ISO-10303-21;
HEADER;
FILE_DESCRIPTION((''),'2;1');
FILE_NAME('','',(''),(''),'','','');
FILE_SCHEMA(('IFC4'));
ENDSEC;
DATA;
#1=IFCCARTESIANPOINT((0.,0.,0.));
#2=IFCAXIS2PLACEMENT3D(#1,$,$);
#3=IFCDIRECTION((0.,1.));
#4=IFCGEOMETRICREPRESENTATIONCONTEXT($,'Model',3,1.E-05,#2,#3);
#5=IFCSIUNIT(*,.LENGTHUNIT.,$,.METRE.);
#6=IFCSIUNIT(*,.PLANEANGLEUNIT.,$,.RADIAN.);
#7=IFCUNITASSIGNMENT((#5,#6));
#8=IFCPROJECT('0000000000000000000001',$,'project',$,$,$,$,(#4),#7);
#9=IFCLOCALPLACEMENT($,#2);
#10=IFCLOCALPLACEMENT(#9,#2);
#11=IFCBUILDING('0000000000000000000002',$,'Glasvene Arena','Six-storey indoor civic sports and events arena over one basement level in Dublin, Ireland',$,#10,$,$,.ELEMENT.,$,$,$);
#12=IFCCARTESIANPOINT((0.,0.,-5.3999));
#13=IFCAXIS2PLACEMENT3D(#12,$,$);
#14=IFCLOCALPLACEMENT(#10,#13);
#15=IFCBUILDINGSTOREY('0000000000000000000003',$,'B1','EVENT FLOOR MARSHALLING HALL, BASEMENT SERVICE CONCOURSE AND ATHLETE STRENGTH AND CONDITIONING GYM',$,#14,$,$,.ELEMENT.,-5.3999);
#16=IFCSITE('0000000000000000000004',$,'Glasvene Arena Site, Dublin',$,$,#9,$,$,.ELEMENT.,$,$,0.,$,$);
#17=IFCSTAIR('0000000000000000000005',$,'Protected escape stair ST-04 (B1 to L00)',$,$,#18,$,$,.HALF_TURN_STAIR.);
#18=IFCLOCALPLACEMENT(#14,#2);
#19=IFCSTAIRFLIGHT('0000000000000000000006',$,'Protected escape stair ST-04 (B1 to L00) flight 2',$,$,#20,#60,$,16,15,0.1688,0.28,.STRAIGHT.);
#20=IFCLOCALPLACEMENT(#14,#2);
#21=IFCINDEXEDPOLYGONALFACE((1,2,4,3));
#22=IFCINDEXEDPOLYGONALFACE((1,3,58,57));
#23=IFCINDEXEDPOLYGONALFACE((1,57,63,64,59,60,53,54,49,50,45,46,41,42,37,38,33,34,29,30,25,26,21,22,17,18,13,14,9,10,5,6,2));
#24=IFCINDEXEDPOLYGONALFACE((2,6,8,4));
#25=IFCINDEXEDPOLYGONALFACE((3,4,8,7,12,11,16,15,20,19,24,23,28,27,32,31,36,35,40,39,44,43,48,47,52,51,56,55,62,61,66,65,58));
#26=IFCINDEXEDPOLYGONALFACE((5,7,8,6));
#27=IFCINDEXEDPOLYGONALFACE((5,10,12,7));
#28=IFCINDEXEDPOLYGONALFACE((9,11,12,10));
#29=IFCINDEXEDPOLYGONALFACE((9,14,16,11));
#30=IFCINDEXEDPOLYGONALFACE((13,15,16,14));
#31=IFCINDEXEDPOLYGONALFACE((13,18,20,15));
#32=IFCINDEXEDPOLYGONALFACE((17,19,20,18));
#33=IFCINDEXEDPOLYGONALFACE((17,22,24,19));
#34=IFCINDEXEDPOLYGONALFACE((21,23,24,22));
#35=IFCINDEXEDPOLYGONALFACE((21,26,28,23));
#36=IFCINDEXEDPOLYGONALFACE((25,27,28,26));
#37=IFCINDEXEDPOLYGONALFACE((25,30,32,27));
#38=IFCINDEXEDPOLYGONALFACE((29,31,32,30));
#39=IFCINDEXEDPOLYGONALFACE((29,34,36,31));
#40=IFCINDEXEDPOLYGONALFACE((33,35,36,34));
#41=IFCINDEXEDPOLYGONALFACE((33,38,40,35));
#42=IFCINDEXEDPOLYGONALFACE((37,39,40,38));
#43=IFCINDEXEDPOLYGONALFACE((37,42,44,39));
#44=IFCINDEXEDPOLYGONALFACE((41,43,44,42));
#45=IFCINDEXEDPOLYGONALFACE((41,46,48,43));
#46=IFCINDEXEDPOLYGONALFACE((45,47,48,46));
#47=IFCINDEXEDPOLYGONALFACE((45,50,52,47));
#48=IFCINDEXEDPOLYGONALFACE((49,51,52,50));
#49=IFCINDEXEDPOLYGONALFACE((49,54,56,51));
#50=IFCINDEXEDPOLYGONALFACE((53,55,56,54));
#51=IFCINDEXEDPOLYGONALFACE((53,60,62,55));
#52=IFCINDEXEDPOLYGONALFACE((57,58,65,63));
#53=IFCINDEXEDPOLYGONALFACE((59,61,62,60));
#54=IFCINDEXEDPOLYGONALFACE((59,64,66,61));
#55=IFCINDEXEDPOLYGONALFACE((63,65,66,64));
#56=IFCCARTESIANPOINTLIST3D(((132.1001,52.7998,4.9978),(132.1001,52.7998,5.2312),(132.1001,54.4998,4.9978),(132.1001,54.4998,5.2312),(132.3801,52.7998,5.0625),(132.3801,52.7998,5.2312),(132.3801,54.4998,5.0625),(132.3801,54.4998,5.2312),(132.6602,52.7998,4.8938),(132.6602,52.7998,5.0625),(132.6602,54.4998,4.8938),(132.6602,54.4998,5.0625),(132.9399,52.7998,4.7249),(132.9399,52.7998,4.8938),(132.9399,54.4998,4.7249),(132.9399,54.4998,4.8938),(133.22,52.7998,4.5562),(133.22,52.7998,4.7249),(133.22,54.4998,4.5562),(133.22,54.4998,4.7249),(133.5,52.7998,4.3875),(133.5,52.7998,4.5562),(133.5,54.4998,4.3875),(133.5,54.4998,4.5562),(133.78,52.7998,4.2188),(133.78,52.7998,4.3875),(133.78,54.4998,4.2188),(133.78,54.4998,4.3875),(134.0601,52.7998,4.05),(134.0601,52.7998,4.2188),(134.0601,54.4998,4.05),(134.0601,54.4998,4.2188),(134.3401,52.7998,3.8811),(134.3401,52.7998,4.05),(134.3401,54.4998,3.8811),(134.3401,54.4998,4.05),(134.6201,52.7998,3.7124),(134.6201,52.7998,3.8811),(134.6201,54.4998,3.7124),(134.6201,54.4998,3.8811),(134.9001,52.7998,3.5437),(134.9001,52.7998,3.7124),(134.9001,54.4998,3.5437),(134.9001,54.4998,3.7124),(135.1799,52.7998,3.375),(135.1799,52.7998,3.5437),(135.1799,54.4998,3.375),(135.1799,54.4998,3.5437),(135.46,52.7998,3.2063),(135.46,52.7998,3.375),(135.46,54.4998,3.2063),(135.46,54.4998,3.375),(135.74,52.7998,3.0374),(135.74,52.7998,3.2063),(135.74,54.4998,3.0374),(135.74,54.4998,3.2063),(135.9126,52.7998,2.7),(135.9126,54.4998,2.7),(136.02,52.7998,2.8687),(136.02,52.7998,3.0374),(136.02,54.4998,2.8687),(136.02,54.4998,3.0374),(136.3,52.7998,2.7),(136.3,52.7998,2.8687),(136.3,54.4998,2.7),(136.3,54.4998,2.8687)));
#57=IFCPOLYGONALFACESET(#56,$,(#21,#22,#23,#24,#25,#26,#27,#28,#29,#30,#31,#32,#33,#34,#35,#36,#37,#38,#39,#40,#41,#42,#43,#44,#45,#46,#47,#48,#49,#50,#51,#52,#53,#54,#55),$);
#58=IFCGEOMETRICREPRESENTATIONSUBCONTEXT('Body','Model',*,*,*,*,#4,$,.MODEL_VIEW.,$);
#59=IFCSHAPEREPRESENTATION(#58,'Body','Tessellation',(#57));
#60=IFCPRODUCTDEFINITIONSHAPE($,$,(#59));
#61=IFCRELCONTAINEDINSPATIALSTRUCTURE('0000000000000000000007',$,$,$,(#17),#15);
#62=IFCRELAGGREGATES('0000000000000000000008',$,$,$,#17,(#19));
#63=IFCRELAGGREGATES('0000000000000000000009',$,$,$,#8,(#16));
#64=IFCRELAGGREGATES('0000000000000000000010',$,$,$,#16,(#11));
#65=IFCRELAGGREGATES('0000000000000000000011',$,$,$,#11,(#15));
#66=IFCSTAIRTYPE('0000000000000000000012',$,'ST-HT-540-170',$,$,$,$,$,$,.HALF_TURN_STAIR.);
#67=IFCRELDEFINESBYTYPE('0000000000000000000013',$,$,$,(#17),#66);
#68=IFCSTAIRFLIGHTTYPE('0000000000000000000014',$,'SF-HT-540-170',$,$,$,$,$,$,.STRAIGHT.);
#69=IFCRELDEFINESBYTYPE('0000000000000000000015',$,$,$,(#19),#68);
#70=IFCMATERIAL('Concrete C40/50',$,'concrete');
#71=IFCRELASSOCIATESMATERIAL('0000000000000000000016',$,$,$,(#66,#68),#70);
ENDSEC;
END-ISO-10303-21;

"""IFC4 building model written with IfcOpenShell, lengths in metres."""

from ifc_helpers import new_model, si_unit, direction, frame, origin, place, context, subcontext, project, spatial, polyline, outline, extrude, material, type_object, element, aggregate, save


model = new_model("IFC4")

# Units and contexts
model_context = context("Model", 3, precision=1e-05, world=origin(), true_north=direction((0.0, 1.0)))
body_context = subcontext(model_context, "Body", "Model", "MODEL_VIEW")
ifc_project = project(units=[si_unit("LENGTHUNIT", "METRE"), si_unit("PLANEANGLEUNIT", "RADIAN")], contexts=[model_context])

# Site, building, storey
site_placement = place(None, origin())
site = spatial("IfcSite", under=ifc_project, at=site_placement, Name="Glasvene Arena Site, Dublin", CompositionType="ELEMENT", RefElevation=0.0)
building_placement = place(site_placement, origin())
building = spatial("IfcBuilding", under=site, at=building_placement, Name="Glasvene Arena", Description="Six-storey indoor civic sports and events arena over one basement level in Dublin, Ireland", CompositionType="ELEMENT")
storey_placement = place(building_placement, frame((0.0, 0.0, -5.3999)))
storey = spatial("IfcBuildingStorey", under=building, at=storey_placement, Name="B1", Description="EVENT FLOOR MARSHALLING HALL, BASEMENT SERVICE CONCOURSE AND ATHLETE STRENGTH AND CONDITIONING GYM", CompositionType="ELEMENT", Elevation=-5.3999)

# Shared definitions
ifc_material_1 = material(Name="Concrete C40/50", Category="concrete")

# Stair
stair_type = type_object("IfcStairType", Name="ST-HT-540-170", PredefinedType="HALF_TURN_STAIR", material=ifc_material_1)
stair_placement = place(storey_placement, origin())
stair = element("IfcStair", 1, at=stair_placement, inside=storey, type_object=stair_type, Name="Protected escape stair ST-04 (B1 to L00)", PredefinedType="HALF_TURN_STAIR")

# Stair flight
stair_flight_type = type_object("IfcStairFlightType", Name="SF-HT-540-170", PredefinedType="STRAIGHT", material=ifc_material_1)
stair_flight_1_placement = place(storey_placement, frame((136.3, 53.6499, 2.7), z_axis=(0.0, 0.0, 1.0), x_axis=(-1.0, 0.0, 0.0)))
stair_flight_1 = element("IfcStairFlight", 2, at=stair_flight_1_placement, type_object=stair_flight_type, Name="Protected escape stair ST-04 (B1 to L00) flight 2", NumberOfRisers=16, NumberOfTreads=15, PredefinedType="STRAIGHT", RiserHeight=0.1688, TreadLength=0.28, context=body_context, shape_type="SweptSolid", body=[
    extrude(outline(polyline([(0.0, 0.0), (0.0, 0.1687), (0.28, 0.1687), (0.28, 0.3374), (0.5601, 0.3374), (0.5601, 0.5063), (0.8401, 0.5063), (0.8401, 0.675), (1.1201, 0.675), (1.1201, 0.8438), (1.3999, 0.8438), (1.3999, 1.0125), (1.6799, 1.0125), (1.6799, 1.1812), (1.96, 1.1812), (1.96, 1.3501), (2.24, 1.3501), (2.24, 1.5188), (2.52, 1.5188), (2.52, 1.6875), (2.8, 1.6875), (2.8, 1.8562), (3.0801, 1.8562), (3.0801, 2.0249), (3.3601, 2.0249), (3.3601, 2.1938), (3.6399, 2.1938), (3.6399, 2.3625), (3.9199, 2.3625), (3.9199, 2.5312), (4.2, 2.5312), (4.2, 2.7), (4.2, 2.2979), (0.3875, 0.0), (0.0, 0.0)])), frame((0.0, 0.8501, 0.0), z_axis=(0.0, -1.0, 0.0), x_axis=(1.0, 0.0, 0.0)), (0.0, 0.0, 1.0), 1.7),
])
aggregate(stair, [stair_flight_1])

save(model, "model.ifc")
